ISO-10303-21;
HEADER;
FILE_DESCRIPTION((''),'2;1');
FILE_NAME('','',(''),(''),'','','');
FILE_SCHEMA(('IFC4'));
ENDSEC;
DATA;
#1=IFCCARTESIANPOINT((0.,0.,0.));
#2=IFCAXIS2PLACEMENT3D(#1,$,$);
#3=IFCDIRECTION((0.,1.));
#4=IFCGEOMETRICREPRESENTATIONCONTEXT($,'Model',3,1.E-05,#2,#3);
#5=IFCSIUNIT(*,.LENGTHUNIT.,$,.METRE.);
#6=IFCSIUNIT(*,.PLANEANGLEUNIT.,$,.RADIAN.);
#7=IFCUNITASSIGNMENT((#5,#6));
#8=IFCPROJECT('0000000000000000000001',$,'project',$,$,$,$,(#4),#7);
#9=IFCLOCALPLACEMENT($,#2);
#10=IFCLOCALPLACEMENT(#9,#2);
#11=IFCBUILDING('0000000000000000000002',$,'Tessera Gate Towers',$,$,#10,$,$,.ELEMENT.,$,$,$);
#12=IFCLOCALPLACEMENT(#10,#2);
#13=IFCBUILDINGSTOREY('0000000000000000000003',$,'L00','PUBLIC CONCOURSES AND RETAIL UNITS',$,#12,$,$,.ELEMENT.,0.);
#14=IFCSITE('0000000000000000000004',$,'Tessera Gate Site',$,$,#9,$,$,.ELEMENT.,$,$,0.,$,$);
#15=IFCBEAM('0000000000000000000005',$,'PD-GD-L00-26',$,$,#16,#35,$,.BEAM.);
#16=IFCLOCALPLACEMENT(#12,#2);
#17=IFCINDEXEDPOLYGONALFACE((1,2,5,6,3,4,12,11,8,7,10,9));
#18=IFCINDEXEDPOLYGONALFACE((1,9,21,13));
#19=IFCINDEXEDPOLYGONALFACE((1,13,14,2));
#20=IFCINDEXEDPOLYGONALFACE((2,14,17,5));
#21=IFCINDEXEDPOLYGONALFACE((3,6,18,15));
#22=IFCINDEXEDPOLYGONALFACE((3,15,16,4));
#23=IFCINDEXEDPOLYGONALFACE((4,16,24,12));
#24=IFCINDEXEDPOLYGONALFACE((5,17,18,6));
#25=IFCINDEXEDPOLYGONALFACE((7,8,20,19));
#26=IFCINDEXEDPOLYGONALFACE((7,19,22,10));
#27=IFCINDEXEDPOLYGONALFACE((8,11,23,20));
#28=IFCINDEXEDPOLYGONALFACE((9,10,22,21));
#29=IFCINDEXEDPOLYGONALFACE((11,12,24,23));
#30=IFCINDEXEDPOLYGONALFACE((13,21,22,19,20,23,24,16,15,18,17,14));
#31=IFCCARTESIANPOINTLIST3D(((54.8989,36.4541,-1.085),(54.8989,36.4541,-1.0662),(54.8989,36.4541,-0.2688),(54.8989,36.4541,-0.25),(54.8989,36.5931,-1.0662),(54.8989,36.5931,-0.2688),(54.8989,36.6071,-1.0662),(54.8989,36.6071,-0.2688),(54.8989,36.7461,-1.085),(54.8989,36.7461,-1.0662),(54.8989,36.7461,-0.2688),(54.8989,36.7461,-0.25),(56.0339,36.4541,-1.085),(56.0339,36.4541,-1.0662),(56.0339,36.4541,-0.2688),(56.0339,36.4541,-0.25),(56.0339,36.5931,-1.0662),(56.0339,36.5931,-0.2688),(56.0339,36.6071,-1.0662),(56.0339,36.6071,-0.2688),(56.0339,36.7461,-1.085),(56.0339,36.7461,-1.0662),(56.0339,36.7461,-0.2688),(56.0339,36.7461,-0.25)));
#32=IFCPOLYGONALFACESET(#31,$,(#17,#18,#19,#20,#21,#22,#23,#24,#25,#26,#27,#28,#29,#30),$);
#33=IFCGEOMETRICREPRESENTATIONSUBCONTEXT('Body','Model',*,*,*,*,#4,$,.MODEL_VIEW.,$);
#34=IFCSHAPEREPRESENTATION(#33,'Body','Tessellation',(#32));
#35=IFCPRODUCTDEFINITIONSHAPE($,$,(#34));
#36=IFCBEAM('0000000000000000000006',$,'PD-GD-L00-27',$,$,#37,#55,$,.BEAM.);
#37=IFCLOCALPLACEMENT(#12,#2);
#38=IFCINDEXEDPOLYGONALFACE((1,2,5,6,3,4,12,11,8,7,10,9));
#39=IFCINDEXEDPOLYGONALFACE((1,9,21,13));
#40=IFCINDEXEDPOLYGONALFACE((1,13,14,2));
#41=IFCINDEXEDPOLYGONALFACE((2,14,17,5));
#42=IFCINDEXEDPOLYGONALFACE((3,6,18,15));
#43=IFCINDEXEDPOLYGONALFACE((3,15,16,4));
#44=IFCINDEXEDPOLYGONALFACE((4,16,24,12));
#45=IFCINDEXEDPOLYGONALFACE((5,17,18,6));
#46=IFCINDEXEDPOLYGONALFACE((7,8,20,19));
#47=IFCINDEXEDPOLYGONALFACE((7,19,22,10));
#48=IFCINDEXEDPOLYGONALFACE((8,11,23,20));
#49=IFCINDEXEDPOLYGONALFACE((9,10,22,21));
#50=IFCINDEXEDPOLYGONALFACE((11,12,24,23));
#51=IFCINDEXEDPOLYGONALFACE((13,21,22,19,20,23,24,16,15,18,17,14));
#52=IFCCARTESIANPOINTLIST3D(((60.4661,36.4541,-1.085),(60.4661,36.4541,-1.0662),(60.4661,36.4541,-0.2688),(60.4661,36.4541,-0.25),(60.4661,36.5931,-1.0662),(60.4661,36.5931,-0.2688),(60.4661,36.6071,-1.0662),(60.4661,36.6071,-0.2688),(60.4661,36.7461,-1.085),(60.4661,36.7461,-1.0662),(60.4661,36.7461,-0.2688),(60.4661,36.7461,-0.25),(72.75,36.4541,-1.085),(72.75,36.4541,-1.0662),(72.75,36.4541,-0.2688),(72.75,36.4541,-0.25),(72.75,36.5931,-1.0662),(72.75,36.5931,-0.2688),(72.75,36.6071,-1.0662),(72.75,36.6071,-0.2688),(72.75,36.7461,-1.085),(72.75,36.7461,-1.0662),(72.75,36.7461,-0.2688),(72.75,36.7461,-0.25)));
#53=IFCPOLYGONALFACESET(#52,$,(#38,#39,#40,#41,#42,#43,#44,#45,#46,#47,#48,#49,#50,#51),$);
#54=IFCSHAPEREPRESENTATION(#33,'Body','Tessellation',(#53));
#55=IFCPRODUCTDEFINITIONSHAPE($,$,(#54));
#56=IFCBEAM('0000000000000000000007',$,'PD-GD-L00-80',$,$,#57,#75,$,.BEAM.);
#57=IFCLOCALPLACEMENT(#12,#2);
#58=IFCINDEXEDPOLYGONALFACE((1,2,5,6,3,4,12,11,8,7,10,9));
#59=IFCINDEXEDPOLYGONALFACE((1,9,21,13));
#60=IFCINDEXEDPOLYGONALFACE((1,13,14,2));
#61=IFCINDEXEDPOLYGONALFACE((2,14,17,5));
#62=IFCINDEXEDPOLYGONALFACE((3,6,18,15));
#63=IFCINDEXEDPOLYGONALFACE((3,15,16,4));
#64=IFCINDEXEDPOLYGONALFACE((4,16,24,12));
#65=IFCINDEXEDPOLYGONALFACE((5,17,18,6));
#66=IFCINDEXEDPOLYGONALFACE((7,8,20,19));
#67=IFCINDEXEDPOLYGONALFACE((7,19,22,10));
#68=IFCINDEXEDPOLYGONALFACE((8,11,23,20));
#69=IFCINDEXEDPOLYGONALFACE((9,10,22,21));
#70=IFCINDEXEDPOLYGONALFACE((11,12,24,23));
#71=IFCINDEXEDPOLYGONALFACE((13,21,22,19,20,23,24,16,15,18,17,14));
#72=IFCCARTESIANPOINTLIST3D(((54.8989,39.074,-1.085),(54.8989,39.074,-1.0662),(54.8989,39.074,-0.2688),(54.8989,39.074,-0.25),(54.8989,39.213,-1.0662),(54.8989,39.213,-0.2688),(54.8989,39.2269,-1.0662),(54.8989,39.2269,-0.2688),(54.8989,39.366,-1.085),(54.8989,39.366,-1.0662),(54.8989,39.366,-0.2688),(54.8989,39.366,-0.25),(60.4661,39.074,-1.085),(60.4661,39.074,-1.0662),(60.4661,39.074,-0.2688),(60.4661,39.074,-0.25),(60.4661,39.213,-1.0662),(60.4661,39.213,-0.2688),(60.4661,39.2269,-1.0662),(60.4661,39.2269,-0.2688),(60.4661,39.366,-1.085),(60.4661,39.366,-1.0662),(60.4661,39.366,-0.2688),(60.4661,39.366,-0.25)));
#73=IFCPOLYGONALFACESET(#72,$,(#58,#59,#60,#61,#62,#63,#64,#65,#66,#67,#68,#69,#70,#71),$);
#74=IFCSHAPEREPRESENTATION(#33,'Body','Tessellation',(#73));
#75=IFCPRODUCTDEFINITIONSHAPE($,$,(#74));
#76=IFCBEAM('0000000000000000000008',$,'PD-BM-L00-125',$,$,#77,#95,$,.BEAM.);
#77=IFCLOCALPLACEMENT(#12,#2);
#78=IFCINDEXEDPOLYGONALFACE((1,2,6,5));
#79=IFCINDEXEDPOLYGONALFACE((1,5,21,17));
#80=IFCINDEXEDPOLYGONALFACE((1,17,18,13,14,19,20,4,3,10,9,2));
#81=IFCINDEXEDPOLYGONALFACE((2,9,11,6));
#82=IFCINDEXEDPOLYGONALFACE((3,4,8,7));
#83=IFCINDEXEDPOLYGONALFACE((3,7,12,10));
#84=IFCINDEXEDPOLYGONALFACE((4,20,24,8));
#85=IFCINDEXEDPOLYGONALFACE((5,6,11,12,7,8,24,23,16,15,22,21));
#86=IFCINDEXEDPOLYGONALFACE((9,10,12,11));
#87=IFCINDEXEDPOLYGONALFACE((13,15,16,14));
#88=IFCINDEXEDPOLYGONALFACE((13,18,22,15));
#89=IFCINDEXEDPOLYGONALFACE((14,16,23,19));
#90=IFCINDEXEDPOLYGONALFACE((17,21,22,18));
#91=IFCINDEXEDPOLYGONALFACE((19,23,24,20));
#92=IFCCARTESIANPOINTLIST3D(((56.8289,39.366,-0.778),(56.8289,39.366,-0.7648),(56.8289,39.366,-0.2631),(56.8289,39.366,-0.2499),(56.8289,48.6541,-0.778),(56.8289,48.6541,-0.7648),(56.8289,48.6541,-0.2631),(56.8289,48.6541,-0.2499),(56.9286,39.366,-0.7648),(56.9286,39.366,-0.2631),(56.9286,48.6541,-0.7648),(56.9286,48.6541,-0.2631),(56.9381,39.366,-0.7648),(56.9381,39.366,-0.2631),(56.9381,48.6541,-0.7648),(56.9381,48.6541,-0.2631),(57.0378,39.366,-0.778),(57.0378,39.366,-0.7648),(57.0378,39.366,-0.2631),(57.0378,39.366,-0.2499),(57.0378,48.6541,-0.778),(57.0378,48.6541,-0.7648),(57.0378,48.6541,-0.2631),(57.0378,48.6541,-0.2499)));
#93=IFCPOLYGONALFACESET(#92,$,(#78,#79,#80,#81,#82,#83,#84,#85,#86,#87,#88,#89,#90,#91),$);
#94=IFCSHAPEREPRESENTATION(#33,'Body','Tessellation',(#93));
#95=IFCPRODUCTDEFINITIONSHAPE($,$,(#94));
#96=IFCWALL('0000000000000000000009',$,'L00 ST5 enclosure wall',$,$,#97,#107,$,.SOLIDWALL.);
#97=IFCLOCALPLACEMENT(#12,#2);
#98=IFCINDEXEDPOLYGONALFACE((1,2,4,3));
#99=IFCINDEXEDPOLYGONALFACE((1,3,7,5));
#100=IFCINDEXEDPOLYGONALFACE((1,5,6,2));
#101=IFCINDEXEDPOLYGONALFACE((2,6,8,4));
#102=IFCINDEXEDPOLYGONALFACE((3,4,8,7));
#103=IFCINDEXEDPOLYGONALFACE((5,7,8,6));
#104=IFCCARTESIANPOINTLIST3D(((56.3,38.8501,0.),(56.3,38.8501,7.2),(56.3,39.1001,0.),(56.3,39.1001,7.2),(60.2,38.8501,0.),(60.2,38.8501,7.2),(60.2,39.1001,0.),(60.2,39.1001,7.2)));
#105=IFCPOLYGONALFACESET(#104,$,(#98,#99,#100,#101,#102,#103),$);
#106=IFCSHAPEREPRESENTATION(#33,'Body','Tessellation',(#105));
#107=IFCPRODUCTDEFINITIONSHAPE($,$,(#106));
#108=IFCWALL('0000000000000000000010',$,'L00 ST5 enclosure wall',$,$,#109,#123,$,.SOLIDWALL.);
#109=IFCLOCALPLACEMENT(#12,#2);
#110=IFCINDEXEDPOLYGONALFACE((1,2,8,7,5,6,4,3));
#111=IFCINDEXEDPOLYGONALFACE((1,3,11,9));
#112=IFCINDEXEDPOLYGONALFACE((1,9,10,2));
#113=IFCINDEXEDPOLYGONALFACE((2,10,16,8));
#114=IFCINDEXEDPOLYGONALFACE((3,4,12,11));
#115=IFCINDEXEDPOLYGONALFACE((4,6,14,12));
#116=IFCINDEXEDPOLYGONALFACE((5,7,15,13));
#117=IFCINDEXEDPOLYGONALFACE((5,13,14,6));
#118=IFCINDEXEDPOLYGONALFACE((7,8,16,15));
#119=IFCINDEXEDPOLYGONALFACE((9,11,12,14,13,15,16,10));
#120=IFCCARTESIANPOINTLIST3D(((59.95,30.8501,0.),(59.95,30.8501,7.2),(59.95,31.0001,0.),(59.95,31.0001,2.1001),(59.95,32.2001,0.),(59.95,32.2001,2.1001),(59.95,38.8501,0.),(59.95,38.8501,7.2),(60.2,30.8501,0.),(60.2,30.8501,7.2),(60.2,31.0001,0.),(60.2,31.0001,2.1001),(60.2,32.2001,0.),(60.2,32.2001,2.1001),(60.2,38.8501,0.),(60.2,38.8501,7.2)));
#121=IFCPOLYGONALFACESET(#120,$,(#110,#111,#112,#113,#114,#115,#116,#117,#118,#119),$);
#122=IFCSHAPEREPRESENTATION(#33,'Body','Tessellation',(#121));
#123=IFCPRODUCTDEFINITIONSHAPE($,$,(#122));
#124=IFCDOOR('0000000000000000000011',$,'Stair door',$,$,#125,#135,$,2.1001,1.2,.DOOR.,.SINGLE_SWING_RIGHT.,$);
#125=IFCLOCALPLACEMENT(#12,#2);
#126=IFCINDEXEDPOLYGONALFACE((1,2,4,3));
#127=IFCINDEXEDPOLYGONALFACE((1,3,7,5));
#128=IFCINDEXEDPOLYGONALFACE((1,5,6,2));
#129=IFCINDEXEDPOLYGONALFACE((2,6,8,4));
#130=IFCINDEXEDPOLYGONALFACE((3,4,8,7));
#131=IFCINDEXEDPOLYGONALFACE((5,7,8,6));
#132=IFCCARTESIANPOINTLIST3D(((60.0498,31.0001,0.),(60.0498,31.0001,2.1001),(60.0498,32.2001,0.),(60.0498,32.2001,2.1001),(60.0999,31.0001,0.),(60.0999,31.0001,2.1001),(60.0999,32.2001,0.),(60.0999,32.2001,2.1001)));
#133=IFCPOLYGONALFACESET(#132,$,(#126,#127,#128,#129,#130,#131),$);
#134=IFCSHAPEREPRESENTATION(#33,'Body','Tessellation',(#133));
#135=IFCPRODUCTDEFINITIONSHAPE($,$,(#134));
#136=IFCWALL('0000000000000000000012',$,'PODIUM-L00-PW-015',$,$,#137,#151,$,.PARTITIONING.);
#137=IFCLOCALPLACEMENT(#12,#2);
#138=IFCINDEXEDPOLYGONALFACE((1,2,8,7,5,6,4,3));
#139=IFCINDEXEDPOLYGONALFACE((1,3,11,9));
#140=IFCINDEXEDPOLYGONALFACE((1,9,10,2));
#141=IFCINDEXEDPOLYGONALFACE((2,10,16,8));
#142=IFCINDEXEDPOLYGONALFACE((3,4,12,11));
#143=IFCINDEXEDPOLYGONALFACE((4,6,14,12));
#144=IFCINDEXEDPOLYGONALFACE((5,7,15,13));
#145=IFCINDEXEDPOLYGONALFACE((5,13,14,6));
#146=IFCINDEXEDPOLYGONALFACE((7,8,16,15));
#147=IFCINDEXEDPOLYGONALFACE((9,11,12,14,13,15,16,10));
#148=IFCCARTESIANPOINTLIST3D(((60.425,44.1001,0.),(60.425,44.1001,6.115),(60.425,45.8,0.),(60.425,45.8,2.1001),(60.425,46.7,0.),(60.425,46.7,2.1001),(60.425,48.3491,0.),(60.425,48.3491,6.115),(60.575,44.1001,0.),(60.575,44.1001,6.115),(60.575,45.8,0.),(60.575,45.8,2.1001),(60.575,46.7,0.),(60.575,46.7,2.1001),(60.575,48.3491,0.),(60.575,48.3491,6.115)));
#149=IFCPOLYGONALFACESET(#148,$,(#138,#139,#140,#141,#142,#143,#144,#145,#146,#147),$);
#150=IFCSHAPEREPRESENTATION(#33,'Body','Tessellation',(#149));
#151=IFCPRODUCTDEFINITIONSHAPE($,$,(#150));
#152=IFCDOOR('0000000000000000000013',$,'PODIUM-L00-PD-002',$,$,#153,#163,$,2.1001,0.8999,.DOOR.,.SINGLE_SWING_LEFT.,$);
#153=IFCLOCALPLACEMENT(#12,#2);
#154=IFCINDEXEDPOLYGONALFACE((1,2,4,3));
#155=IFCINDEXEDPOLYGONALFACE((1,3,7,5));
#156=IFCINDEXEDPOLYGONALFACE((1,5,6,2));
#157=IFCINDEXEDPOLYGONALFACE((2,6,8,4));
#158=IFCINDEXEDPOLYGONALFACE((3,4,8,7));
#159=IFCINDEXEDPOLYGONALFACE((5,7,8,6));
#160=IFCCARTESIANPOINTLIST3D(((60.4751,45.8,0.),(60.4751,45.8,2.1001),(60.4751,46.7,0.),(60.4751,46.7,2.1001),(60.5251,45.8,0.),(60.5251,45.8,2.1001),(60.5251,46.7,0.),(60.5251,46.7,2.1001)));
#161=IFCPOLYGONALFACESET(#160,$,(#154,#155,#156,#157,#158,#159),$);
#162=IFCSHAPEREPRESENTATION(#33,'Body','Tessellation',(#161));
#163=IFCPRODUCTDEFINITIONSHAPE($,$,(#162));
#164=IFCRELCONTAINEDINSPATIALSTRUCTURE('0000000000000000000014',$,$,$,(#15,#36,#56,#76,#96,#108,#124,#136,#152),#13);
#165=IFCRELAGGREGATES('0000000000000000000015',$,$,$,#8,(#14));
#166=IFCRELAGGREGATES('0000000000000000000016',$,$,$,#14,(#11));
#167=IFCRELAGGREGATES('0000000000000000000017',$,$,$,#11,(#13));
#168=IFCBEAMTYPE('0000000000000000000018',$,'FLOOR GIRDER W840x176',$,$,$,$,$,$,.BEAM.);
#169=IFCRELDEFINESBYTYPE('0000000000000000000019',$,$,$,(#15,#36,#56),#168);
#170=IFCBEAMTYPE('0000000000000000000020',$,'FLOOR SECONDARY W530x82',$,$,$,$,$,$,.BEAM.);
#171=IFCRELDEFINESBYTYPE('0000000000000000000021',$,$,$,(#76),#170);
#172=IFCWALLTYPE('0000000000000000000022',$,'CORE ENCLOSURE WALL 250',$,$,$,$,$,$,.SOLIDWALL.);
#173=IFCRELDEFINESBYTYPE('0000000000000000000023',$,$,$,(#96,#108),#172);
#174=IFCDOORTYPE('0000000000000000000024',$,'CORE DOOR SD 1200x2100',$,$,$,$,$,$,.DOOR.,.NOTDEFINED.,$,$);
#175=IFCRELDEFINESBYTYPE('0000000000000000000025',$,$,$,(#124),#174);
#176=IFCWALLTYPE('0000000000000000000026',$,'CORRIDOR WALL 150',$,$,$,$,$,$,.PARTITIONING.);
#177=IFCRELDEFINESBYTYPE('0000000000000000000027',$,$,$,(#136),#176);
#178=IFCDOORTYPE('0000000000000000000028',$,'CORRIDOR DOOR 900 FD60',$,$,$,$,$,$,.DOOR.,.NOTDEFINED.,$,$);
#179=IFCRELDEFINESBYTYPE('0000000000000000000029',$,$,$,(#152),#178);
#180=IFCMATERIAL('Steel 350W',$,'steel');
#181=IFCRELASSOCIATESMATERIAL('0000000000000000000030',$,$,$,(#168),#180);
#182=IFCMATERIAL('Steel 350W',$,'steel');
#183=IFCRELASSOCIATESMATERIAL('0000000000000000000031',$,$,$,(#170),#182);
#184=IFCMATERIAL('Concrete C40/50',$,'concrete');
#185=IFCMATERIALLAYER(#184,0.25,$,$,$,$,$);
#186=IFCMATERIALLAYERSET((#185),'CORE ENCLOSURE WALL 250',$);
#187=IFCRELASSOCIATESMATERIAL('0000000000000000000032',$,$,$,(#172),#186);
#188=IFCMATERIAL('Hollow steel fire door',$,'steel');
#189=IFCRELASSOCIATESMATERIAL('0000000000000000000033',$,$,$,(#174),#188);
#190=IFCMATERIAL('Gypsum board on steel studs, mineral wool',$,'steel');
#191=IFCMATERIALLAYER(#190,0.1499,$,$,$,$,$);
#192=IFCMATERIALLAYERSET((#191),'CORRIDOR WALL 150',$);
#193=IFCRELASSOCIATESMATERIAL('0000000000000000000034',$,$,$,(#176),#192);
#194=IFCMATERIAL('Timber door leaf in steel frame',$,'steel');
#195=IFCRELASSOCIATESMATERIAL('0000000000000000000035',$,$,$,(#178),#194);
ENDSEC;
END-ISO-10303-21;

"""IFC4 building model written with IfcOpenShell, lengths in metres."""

from ifc_helpers import new_model, si_unit, direction, frame, frame_2d, origin, origin_2d, place, context, subcontext, project, spatial, rectangle, i_section, extrude, source, transform, mapped, material, layer, layer_set, material_profile, profile_set, type_object, element, fill, save


model = new_model("IFC4")

# Units and contexts
model_context = context("Model", 3, precision=1e-05, world=origin(), true_north=direction((0.0, 1.0)))
body_context = subcontext(model_context, "Body", "Model", "MODEL_VIEW")
ifc_project = project(units=[si_unit("LENGTHUNIT", "METRE"), si_unit("PLANEANGLEUNIT", "RADIAN")], contexts=[model_context])

# Site, building, storey
site_placement = place(None, origin())
site = spatial("IfcSite", under=ifc_project, at=site_placement, Name="Tessera Gate Site", CompositionType="ELEMENT", RefElevation=0.0)
building_placement = place(site_placement, origin())
building = spatial("IfcBuilding", under=site, at=building_placement, Name="Tessera Gate Towers", CompositionType="ELEMENT")
storey_placement = place(building_placement, origin())
storey = spatial("IfcBuildingStorey", under=building, at=storey_placement, Name="L00", Description="PUBLIC CONCOURSES AND RETAIL UNITS", CompositionType="ELEMENT", Elevation=0.0)

# Beams
ifc_material_1 = material(Name="Steel 350W", Category="steel")
ifc_material_profile_1 = material_profile(ifc_material_1, i_section(OverallWidth=0.292, OverallDepth=0.835, WebThickness=0.0139, FlangeThickness=0.0188, at=origin_2d()), Name="W840x176")
ifc_profile_set_1 = profile_set([ifc_material_profile_1], Name="Steel 350W")
beam_type_1 = type_object("IfcBeamType", Name="FLOOR GIRDER W840x176", PredefinedType="BEAM", material=ifc_profile_set_1)
beam_1_placement = place(storey_placement, frame((54.8989, 36.6001, -0.6675), z_axis=(1.0, 0.0, 0.0), x_axis=(0.0, 1.0, 0.0)))
element("IfcBeam", 1, at=beam_1_placement, inside=storey, type_object=beam_type_1, Name="PD-GD-L00-26", PredefinedType="BEAM", context=body_context, shape_type="SweptSolid", body=[
    extrude(i_section(OverallWidth=0.292, OverallDepth=0.835, WebThickness=0.0139, FlangeThickness=0.0188, at=origin_2d()), origin(), (0.0, 0.0, 1.0), 1.135),
])
beam_2_placement = place(storey_placement, frame((60.4661, 36.6001, -0.6675), z_axis=(1.0, 0.0, 0.0), x_axis=(0.0, 1.0, 0.0)))
element("IfcBeam", 2, at=beam_2_placement, inside=storey, type_object=beam_type_1, Name="PD-GD-L00-27", PredefinedType="BEAM", context=body_context, shape_type="SweptSolid", body=[
    extrude(i_section(OverallWidth=0.292, OverallDepth=0.835, WebThickness=0.0139, FlangeThickness=0.0188, at=origin_2d()), origin(), (0.0, 0.0, 1.0), 12.2839),
])
beam_3_placement = place(storey_placement, frame((54.8989, 39.22, -0.6675), z_axis=(1.0, 0.0, 0.0), x_axis=(0.0, 1.0, 0.0)))
element("IfcBeam", 3, at=beam_3_placement, inside=storey, type_object=beam_type_1, Name="PD-GD-L00-80", PredefinedType="BEAM", context=body_context, shape_type="SweptSolid", body=[
    extrude(i_section(OverallWidth=0.292, OverallDepth=0.835, WebThickness=0.0139, FlangeThickness=0.0188, at=origin_2d()), origin(), (0.0, 0.0, 1.0), 5.5671),
])
ifc_material_2 = material(Name="Steel 350W", Category="steel")
ifc_material_profile_2 = material_profile(ifc_material_2, i_section(OverallWidth=0.209, OverallDepth=0.5281, WebThickness=0.0095, FlangeThickness=0.0132, at=origin_2d()), Name="W530x82")
ifc_profile_set_2 = profile_set([ifc_material_profile_2], Name="Steel 350W")
beam_type_2 = type_object("IfcBeamType", Name="FLOOR SECONDARY W530x82", PredefinedType="BEAM", material=ifc_profile_set_2)
beam_4_placement = place(storey_placement, frame((56.9333, 39.366, -0.5139), z_axis=(0.0, 1.0, 0.0), x_axis=(-1.0, 0.0, 0.0)))
element("IfcBeam", 4, at=beam_4_placement, inside=storey, type_object=beam_type_2, Name="PD-BM-L00-125", PredefinedType="BEAM", context=body_context, shape_type="SweptSolid", body=[
    extrude(i_section(OverallWidth=0.209, OverallDepth=0.5281, WebThickness=0.0095, FlangeThickness=0.0132, at=origin_2d()), origin(), (0.0, 0.0, 1.0), 9.2881),
])

# Wall
ifc_material_3 = material(Name="Concrete C40/50", Category="concrete")
ifc_layer_1 = layer(ifc_material_3, 0.25)
ifc_layer_set_1 = layer_set([ifc_layer_1], Name="CORE ENCLOSURE WALL 250")
wall_type_1 = type_object("IfcWallType", Name="CORE ENCLOSURE WALL 250", PredefinedType="SOLIDWALL", material=ifc_layer_set_1)
wall_1_placement = place(storey_placement, frame((56.3, 38.9751, 0.0), z_axis=(0.0, 0.0, 1.0), x_axis=(1.0, 0.0, 0.0)))
element("IfcWall", 5, at=wall_1_placement, inside=storey, type_object=wall_type_1, Name="L00 ST5 enclosure wall", PredefinedType="SOLIDWALL", context=body_context, shape_type="SweptSolid", body=[
    extrude(rectangle(XDim=3.8999, YDim=0.25, at=frame_2d((1.95, 0.0))), origin(), (0.0, 0.0, 1.0), 7.2),
])

# Walls, openings, doors
wall_2_placement = place(storey_placement, frame((60.075, 38.8501, 0.0), z_axis=(0.0, 0.0, 1.0), x_axis=(0.0, -1.0, 0.0)))
wall_2 = element("IfcWall", 6, at=wall_2_placement, inside=storey, type_object=wall_type_1, Name="L00 ST5 enclosure wall", PredefinedType="SOLIDWALL", context=body_context, shape_type="SweptSolid", body=[
    extrude(rectangle(XDim=8.0, YDim=0.25, at=frame_2d((4.0, 0.0))), origin(), (0.0, 0.0, 1.0), 7.2),
])
shared_shape_1 = source(origin(), body_context, "Body", "SweptSolid", [
    extrude(rectangle(XDim=1.2, YDim=2.1001, at=frame_2d((0.6001, 1.05))), frame((0.0, 0.135, 0.0), z_axis=(0.0, -1.0, 0.0), x_axis=(1.0, 0.0, 0.0)), (0.0, 0.0, 1.0), 0.27),
])
opening_1_placement = place(wall_2_placement, frame((6.6499, 0.0, 0.0)))
opening_1 = element("IfcOpeningElement", 7, at=opening_1_placement, cuts=wall_2, PredefinedType="OPENING", context=body_context, shape_type="MappedRepresentation", body=[
    mapped(shared_shape_1, transform((0.0, 0.0, 0.0), scale=1.0)),
])
ifc_material_4 = material(Name="Hollow steel fire door", Category="steel")
door_type_1 = type_object("IfcDoorType", Name="CORE DOOR SD 1200x2100", OperationType="NOTDEFINED", PredefinedType="DOOR", material=ifc_material_4)
shared_shape_2 = source(origin(), body_context, "Body", "SweptSolid", [
    extrude(rectangle(XDim=1.2, YDim=2.1001, at=frame_2d((0.6001, 1.05))), frame((0.0, 0.0249, 0.0), z_axis=(0.0, -1.0, 0.0), x_axis=(1.0, 0.0, 0.0)), (0.0, 0.0, 1.0), 0.05),
])
door_1_placement = place(opening_1_placement, origin())
door_1 = element("IfcDoor", 8, at=door_1_placement, inside=storey, type_object=door_type_1, Name="Stair door", OperationType="SINGLE_SWING_RIGHT", OverallHeight=2.1001, OverallWidth=1.2, PredefinedType="DOOR", context=body_context, shape_type="MappedRepresentation", body=[
    mapped(shared_shape_2, transform((0.0, 0.0, 0.0), scale=1.0)),
])
fill(opening_1, door_1)
ifc_material_5 = material(Name="Gypsum board on steel studs, mineral wool", Category="steel")
ifc_layer_2 = layer(ifc_material_5, 0.1499)
ifc_layer_set_2 = layer_set([ifc_layer_2], Name="CORRIDOR WALL 150")
wall_type_2 = type_object("IfcWallType", Name="CORRIDOR WALL 150", PredefinedType="PARTITIONING", material=ifc_layer_set_2)
wall_3_placement = place(storey_placement, frame((60.5, 44.1001, 0.0), z_axis=(0.0, 0.0, 1.0), x_axis=(0.0, 1.0, 0.0)))
wall_3 = element("IfcWall", 9, at=wall_3_placement, inside=storey, type_object=wall_type_2, Name="PODIUM-L00-PW-015", PredefinedType="PARTITIONING", context=body_context, shape_type="SweptSolid", body=[
    extrude(rectangle(XDim=4.249, YDim=0.1499, at=frame_2d((2.1245, 0.0))), origin(), (0.0, 0.0, 1.0), 6.115),
])
shared_shape_3 = source(origin(), body_context, "Body", "SweptSolid", [
    extrude(rectangle(XDim=0.8999, YDim=2.1001, at=frame_2d((0.45, 1.05))), frame((0.0, 0.085, 0.0), z_axis=(0.0, -1.0, 0.0), x_axis=(1.0, 0.0, 0.0)), (0.0, 0.0, 1.0), 0.1699),
])
opening_2_placement = place(wall_3_placement, frame((1.7, 0.0, 0.0)))
opening_2 = element("IfcOpeningElement", 10, at=opening_2_placement, cuts=wall_3, PredefinedType="OPENING", context=body_context, shape_type="MappedRepresentation", body=[
    mapped(shared_shape_3, transform((0.0, 0.0, 0.0), scale=1.0)),
])
ifc_material_6 = material(Name="Timber door leaf in steel frame", Category="steel")
door_type_2 = type_object("IfcDoorType", Name="CORRIDOR DOOR 900 FD60", OperationType="NOTDEFINED", PredefinedType="DOOR", material=ifc_material_6)
shared_shape_4 = source(origin(), body_context, "Body", "SweptSolid", [
    extrude(rectangle(XDim=0.8999, YDim=2.1001, at=frame_2d((0.45, 1.05))), frame((0.0, 0.0249, 0.0), z_axis=(0.0, -1.0, 0.0), x_axis=(1.0, 0.0, 0.0)), (0.0, 0.0, 1.0), 0.05),
])
door_2_placement = place(opening_2_placement, origin())
door_2 = element("IfcDoor", 11, at=door_2_placement, inside=storey, type_object=door_type_2, Name="PODIUM-L00-PD-002", OperationType="SINGLE_SWING_LEFT", OverallHeight=2.1001, OverallWidth=0.8999, PredefinedType="DOOR", context=body_context, shape_type="MappedRepresentation", body=[
    mapped(shared_shape_4, transform((0.0, 0.0, 0.0), scale=1.0)),
])
fill(opening_2, door_2)

save(model, "model.ifc")
